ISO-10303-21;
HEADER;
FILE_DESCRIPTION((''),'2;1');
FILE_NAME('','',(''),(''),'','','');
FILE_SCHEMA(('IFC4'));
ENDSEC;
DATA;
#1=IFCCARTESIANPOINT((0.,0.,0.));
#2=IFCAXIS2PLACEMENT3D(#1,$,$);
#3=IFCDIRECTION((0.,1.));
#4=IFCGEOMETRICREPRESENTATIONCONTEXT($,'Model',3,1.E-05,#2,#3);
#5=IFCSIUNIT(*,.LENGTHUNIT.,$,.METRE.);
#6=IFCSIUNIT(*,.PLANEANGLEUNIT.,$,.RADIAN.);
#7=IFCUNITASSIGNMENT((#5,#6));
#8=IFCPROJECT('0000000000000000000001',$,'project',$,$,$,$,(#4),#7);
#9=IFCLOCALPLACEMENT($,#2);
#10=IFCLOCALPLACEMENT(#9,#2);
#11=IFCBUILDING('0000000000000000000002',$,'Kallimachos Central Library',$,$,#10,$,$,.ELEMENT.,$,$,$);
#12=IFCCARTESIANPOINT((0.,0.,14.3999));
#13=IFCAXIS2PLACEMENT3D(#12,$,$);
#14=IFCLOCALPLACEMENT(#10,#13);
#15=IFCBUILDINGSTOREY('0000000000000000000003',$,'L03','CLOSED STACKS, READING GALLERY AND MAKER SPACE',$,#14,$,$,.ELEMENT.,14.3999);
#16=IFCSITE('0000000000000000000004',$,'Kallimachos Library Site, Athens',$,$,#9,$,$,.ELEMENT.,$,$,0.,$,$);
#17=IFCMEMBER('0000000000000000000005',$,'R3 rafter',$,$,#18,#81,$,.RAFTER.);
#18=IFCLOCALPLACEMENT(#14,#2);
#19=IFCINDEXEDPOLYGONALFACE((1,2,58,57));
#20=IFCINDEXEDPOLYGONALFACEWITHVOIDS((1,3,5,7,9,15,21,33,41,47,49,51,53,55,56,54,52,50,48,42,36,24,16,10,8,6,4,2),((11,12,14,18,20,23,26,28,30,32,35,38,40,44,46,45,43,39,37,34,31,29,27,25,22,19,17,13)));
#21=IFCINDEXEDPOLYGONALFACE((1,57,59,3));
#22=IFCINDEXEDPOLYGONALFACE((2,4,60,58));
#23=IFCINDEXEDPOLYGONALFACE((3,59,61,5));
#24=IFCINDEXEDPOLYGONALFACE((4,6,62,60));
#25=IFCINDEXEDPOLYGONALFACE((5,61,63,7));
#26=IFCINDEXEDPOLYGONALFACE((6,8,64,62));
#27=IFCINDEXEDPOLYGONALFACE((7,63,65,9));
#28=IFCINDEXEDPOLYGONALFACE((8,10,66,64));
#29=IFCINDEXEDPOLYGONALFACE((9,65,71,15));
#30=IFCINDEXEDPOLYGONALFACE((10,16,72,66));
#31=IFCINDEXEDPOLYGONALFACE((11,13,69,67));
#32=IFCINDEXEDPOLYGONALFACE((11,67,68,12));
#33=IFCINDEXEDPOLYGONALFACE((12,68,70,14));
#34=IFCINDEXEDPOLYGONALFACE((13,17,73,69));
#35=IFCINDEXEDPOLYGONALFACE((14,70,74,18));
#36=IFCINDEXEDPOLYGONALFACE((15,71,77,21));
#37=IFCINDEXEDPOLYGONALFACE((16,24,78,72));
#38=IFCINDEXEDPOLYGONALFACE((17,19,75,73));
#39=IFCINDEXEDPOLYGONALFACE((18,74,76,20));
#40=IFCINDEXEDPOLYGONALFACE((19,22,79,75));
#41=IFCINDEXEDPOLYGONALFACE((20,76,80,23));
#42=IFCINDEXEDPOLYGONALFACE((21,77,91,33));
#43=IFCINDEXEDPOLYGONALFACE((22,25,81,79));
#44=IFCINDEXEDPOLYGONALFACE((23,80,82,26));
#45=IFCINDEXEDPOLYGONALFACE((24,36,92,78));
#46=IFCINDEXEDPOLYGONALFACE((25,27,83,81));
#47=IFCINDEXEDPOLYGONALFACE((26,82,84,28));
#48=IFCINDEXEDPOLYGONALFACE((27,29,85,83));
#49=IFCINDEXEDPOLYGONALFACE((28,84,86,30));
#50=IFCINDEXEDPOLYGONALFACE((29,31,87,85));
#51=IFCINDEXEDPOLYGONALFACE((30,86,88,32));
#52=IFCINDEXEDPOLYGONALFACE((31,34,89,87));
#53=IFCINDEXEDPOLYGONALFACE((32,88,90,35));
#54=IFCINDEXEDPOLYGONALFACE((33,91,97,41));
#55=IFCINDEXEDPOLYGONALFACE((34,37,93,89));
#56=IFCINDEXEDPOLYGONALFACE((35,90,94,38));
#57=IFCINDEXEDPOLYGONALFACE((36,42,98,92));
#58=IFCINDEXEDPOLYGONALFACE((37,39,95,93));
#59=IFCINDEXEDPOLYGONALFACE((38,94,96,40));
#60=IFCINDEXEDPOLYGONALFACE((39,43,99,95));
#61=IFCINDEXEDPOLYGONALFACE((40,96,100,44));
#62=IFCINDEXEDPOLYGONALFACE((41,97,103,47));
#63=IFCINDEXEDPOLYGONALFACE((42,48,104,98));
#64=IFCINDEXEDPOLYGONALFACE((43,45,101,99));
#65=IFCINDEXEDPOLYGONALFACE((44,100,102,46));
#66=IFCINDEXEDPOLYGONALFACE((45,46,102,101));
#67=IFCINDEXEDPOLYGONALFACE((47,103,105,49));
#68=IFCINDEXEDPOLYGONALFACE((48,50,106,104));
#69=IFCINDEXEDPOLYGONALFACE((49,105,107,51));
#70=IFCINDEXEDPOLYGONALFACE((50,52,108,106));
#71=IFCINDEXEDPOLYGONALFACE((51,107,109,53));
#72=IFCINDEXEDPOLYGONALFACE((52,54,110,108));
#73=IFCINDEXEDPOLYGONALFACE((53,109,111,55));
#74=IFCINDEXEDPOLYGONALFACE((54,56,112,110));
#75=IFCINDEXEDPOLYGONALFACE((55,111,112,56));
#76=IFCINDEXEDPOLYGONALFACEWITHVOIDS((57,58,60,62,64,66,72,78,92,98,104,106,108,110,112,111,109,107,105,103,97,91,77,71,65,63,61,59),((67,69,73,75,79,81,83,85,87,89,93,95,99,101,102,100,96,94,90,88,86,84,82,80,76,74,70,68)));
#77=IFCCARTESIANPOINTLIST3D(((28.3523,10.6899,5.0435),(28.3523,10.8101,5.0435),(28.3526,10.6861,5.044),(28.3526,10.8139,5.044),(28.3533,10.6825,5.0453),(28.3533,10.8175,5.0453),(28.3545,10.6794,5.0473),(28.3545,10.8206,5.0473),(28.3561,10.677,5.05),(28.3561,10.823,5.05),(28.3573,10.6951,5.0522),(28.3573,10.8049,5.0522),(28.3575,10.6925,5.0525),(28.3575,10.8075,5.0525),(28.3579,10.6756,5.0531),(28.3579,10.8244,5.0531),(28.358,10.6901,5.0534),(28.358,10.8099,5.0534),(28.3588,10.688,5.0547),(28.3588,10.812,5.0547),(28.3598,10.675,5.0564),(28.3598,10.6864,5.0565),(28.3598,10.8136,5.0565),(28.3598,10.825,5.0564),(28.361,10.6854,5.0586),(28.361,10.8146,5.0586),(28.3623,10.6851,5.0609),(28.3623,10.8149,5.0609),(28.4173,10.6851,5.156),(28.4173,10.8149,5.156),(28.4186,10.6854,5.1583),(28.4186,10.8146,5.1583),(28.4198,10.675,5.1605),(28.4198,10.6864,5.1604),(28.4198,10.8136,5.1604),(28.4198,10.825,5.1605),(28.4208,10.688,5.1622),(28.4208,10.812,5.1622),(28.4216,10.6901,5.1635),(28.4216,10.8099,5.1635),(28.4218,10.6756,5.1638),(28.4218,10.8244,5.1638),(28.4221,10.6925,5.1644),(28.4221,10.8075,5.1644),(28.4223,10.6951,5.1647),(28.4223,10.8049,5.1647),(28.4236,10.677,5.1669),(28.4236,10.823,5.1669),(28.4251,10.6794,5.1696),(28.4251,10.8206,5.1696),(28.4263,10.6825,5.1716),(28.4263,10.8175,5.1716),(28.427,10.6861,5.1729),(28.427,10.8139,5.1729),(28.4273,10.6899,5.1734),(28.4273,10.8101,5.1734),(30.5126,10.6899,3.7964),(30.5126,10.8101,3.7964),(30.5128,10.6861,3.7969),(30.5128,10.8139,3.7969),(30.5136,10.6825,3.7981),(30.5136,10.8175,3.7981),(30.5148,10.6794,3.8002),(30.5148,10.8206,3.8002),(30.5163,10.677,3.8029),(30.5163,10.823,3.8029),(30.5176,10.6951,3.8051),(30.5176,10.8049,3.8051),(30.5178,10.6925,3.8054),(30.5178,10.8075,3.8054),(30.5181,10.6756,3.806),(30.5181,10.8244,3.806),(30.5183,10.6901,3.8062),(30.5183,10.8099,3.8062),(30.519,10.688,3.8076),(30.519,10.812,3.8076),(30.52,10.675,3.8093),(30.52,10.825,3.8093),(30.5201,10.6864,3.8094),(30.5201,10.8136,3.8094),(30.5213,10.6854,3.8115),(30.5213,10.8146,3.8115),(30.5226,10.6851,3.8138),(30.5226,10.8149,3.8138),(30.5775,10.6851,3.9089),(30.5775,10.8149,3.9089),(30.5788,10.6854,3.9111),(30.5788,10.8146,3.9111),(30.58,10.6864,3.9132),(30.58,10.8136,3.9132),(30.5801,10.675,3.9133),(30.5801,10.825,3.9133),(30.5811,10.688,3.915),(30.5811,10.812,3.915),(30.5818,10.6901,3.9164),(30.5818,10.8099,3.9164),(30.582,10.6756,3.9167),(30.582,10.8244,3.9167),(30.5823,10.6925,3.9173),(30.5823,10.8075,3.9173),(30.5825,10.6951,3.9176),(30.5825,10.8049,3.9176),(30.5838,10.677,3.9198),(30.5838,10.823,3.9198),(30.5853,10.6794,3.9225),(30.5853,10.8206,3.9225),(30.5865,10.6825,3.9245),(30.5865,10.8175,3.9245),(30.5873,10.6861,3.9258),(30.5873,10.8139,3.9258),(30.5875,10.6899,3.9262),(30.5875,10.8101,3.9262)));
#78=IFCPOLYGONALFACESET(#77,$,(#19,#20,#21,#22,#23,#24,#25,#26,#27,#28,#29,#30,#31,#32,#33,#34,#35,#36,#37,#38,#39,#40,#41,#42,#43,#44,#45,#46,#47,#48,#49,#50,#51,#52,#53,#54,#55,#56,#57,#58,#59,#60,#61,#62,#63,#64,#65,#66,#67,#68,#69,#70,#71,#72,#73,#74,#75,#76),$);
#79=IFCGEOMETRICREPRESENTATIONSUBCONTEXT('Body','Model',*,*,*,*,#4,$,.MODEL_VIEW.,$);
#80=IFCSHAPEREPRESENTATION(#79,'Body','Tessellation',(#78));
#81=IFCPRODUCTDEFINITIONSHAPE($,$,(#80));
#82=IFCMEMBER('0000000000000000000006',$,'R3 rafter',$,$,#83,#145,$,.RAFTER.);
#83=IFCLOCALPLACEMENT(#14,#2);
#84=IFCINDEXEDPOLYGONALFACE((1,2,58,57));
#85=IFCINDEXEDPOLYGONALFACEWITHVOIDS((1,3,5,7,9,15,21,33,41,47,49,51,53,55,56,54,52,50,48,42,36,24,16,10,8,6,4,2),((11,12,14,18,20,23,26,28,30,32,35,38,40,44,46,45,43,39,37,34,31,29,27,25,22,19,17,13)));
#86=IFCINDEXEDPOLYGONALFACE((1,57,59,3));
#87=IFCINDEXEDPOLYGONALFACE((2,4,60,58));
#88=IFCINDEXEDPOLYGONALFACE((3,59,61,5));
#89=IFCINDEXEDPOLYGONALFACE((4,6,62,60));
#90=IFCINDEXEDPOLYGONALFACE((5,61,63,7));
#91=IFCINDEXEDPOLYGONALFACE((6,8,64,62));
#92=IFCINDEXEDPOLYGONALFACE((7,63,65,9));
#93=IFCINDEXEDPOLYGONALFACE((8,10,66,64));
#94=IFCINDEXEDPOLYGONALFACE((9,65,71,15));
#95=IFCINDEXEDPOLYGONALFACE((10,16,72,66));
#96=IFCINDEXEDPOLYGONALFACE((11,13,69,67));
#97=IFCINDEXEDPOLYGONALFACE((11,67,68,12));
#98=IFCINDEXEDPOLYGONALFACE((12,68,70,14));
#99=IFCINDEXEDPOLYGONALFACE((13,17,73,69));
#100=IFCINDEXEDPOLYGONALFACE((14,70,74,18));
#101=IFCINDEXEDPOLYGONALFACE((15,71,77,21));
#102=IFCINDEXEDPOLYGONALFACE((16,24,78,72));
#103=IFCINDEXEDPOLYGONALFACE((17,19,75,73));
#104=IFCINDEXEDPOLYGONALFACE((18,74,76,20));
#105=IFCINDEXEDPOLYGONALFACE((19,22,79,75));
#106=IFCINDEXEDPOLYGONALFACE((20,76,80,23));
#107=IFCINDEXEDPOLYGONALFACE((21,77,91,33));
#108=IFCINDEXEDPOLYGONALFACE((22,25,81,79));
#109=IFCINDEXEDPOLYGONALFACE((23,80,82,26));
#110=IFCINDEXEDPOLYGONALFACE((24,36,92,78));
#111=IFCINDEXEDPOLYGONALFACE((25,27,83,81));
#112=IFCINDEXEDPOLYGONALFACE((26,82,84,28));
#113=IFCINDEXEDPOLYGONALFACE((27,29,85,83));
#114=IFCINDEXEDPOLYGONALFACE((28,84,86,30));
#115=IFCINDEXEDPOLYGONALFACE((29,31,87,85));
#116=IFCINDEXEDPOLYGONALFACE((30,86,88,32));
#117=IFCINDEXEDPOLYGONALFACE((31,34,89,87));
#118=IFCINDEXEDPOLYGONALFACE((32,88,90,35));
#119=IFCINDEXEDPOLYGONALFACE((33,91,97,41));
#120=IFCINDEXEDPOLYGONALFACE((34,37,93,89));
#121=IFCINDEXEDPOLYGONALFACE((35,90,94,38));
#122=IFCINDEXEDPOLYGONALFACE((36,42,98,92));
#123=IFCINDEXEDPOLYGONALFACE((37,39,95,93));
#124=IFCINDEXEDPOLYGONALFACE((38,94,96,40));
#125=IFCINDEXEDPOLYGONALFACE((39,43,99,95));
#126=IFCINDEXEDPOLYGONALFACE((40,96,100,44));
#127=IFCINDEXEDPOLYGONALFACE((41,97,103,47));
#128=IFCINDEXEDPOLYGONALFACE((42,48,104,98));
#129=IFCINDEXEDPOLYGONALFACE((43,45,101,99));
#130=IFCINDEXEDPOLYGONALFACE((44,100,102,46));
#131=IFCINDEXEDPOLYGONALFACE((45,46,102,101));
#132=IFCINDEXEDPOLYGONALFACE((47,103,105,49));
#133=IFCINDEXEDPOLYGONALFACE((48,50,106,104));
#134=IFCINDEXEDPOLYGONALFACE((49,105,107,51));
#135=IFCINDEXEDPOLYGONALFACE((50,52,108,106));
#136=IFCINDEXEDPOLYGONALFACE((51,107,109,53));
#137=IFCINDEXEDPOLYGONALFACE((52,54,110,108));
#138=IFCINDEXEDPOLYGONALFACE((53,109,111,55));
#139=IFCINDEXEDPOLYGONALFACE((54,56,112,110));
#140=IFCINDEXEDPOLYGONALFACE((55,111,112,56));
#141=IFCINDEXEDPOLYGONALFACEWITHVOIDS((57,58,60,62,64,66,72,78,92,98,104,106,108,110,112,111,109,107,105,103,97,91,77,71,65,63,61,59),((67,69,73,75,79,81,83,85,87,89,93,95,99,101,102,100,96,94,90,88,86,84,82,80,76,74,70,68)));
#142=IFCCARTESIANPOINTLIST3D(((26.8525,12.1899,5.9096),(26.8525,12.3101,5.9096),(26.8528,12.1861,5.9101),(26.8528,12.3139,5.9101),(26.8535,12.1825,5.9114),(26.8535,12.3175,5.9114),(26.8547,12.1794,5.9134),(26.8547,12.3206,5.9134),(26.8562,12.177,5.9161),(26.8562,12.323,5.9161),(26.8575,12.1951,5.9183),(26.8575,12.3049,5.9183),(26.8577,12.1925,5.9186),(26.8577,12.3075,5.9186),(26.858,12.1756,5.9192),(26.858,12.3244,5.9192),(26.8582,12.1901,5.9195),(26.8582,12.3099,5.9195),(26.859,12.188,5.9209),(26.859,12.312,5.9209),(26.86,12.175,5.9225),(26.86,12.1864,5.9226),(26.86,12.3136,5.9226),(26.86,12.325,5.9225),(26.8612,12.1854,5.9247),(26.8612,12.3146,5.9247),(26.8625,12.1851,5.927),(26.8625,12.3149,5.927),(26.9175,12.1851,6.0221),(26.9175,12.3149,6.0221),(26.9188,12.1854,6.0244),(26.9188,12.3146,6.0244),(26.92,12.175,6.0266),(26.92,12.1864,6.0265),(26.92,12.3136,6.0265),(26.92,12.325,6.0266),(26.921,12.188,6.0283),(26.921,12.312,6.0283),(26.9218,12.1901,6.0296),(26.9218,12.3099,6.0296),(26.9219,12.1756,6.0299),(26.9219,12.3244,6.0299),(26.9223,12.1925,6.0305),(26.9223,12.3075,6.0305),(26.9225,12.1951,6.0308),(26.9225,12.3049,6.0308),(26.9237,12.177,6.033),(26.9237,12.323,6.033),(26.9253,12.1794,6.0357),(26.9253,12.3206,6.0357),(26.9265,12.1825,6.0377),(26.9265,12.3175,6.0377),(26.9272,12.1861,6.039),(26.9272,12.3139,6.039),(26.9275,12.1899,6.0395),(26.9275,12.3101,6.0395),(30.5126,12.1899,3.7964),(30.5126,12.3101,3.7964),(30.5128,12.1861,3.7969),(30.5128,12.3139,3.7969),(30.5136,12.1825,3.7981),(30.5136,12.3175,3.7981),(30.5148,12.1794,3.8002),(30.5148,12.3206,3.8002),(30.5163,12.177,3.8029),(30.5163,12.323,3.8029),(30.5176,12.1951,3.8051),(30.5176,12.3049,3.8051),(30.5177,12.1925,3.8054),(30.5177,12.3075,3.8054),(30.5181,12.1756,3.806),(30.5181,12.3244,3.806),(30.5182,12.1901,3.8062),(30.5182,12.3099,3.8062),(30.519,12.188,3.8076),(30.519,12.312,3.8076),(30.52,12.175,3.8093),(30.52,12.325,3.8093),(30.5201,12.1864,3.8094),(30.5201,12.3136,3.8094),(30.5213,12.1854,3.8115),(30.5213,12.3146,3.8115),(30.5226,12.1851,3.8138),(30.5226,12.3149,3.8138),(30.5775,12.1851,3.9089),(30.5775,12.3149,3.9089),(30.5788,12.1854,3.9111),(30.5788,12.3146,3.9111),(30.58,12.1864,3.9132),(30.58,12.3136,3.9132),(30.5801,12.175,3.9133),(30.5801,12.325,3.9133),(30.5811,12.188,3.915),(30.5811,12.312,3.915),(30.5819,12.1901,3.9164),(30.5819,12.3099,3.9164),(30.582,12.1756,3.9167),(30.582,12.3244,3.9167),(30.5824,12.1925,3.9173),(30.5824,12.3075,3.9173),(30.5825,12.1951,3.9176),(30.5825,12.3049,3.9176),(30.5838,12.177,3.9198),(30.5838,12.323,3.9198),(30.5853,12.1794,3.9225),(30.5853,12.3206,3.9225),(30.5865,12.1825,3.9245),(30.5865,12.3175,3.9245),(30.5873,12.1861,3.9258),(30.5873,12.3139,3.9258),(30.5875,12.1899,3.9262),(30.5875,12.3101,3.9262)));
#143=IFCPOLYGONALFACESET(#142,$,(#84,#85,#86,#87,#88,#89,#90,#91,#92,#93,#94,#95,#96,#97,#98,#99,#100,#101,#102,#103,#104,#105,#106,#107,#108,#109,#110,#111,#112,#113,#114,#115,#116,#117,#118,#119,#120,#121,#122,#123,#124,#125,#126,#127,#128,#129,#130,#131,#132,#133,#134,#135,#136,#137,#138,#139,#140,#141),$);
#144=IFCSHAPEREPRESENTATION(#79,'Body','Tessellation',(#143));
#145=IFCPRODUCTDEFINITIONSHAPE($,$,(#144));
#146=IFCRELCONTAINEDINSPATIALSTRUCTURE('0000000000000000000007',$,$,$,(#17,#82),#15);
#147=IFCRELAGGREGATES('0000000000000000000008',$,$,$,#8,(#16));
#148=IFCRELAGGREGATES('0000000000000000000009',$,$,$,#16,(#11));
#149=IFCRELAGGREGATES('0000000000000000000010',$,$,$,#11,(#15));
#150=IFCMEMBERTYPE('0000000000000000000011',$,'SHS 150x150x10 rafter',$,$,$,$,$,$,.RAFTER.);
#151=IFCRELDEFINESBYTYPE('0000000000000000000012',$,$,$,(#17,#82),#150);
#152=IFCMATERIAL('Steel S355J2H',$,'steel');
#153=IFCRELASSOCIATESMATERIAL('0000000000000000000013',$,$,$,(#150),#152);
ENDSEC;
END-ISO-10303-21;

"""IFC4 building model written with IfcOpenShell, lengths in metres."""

from ifc_helpers import new_model, si_unit, direction, frame, origin, origin_2d, place, context, subcontext, project, spatial, hollow_rectangle, extrude, material, material_profile, profile_set, type_object, element, save


model = new_model("IFC4")

# Units and contexts
model_context = context("Model", 3, precision=1e-05, world=origin(), true_north=direction((0.0, 1.0)))
body_context = subcontext(model_context, "Body", "Model", "MODEL_VIEW")
ifc_project = project(units=[si_unit("LENGTHUNIT", "METRE"), si_unit("PLANEANGLEUNIT", "RADIAN")], contexts=[model_context])

# Site, building, storey
site_placement = place(None, origin())
site = spatial("IfcSite", under=ifc_project, at=site_placement, Name="Kallimachos Library Site, Athens", CompositionType="ELEMENT", RefElevation=0.0)
building_placement = place(site_placement, origin())
building = spatial("IfcBuilding", under=site, at=building_placement, Name="Kallimachos Central Library", CompositionType="ELEMENT")
storey_placement = place(building_placement, frame((0.0, 0.0, 14.3999)))
storey = spatial("IfcBuildingStorey", under=building, at=storey_placement, Name="L03", Description="CLOSED STACKS, READING GALLERY AND MAKER SPACE", CompositionType="ELEMENT", Elevation=14.3999)

# Members
ifc_material_1 = material(Name="Steel S355J2H", Category="steel")
ifc_material_profile_1 = material_profile(ifc_material_1, hollow_rectangle(XDim=0.1499, YDim=0.1499, WallThickness=0.01, InnerFilletRadius=0.01, OuterFilletRadius=0.0149, at=origin_2d()), Name="SHS 150x150x10")
ifc_profile_set_1 = profile_set([ifc_material_profile_1], Name="Steel S355J2H")
member_type_1 = type_object("IfcMemberType", Name="SHS 150x150x10 rafter", PredefinedType="RAFTER", material=ifc_profile_set_1)
member_1_placement = place(storey_placement, frame((30.55, 10.75, 3.8613), z_axis=(-0.866042, 0.0, 0.499971), x_axis=(0.0, -1.0, 0.0)))
element("IfcMember", 1, at=member_1_placement, inside=storey, type_object=member_type_1, Name="R3 rafter", PredefinedType="RAFTER", context=body_context, shape_type="SweptSolid", body=[
    extrude(hollow_rectangle(XDim=0.1499, YDim=0.1499, WallThickness=0.01, InnerFilletRadius=0.01, OuterFilletRadius=0.0149, at=origin_2d()), origin(), (0.0, 0.0, 1.0), 2.4944),
])
member_2_placement = place(storey_placement, frame((30.55, 12.25, 3.8613), z_axis=(-0.866016, 0.0, 0.500016), x_axis=(0.0, -1.0, 0.0)))
element("IfcMember", 2, at=member_2_placement, inside=storey, type_object=member_type_1, Name="R3 rafter", PredefinedType="RAFTER", context=body_context, shape_type="SweptSolid", body=[
    extrude(hollow_rectangle(XDim=0.1499, YDim=0.1499, WallThickness=0.01, InnerFilletRadius=0.01, OuterFilletRadius=0.0149, at=origin_2d()), origin(), (0.0, 0.0, 1.0), 4.2263),
])

save(model, "model.ifc")
